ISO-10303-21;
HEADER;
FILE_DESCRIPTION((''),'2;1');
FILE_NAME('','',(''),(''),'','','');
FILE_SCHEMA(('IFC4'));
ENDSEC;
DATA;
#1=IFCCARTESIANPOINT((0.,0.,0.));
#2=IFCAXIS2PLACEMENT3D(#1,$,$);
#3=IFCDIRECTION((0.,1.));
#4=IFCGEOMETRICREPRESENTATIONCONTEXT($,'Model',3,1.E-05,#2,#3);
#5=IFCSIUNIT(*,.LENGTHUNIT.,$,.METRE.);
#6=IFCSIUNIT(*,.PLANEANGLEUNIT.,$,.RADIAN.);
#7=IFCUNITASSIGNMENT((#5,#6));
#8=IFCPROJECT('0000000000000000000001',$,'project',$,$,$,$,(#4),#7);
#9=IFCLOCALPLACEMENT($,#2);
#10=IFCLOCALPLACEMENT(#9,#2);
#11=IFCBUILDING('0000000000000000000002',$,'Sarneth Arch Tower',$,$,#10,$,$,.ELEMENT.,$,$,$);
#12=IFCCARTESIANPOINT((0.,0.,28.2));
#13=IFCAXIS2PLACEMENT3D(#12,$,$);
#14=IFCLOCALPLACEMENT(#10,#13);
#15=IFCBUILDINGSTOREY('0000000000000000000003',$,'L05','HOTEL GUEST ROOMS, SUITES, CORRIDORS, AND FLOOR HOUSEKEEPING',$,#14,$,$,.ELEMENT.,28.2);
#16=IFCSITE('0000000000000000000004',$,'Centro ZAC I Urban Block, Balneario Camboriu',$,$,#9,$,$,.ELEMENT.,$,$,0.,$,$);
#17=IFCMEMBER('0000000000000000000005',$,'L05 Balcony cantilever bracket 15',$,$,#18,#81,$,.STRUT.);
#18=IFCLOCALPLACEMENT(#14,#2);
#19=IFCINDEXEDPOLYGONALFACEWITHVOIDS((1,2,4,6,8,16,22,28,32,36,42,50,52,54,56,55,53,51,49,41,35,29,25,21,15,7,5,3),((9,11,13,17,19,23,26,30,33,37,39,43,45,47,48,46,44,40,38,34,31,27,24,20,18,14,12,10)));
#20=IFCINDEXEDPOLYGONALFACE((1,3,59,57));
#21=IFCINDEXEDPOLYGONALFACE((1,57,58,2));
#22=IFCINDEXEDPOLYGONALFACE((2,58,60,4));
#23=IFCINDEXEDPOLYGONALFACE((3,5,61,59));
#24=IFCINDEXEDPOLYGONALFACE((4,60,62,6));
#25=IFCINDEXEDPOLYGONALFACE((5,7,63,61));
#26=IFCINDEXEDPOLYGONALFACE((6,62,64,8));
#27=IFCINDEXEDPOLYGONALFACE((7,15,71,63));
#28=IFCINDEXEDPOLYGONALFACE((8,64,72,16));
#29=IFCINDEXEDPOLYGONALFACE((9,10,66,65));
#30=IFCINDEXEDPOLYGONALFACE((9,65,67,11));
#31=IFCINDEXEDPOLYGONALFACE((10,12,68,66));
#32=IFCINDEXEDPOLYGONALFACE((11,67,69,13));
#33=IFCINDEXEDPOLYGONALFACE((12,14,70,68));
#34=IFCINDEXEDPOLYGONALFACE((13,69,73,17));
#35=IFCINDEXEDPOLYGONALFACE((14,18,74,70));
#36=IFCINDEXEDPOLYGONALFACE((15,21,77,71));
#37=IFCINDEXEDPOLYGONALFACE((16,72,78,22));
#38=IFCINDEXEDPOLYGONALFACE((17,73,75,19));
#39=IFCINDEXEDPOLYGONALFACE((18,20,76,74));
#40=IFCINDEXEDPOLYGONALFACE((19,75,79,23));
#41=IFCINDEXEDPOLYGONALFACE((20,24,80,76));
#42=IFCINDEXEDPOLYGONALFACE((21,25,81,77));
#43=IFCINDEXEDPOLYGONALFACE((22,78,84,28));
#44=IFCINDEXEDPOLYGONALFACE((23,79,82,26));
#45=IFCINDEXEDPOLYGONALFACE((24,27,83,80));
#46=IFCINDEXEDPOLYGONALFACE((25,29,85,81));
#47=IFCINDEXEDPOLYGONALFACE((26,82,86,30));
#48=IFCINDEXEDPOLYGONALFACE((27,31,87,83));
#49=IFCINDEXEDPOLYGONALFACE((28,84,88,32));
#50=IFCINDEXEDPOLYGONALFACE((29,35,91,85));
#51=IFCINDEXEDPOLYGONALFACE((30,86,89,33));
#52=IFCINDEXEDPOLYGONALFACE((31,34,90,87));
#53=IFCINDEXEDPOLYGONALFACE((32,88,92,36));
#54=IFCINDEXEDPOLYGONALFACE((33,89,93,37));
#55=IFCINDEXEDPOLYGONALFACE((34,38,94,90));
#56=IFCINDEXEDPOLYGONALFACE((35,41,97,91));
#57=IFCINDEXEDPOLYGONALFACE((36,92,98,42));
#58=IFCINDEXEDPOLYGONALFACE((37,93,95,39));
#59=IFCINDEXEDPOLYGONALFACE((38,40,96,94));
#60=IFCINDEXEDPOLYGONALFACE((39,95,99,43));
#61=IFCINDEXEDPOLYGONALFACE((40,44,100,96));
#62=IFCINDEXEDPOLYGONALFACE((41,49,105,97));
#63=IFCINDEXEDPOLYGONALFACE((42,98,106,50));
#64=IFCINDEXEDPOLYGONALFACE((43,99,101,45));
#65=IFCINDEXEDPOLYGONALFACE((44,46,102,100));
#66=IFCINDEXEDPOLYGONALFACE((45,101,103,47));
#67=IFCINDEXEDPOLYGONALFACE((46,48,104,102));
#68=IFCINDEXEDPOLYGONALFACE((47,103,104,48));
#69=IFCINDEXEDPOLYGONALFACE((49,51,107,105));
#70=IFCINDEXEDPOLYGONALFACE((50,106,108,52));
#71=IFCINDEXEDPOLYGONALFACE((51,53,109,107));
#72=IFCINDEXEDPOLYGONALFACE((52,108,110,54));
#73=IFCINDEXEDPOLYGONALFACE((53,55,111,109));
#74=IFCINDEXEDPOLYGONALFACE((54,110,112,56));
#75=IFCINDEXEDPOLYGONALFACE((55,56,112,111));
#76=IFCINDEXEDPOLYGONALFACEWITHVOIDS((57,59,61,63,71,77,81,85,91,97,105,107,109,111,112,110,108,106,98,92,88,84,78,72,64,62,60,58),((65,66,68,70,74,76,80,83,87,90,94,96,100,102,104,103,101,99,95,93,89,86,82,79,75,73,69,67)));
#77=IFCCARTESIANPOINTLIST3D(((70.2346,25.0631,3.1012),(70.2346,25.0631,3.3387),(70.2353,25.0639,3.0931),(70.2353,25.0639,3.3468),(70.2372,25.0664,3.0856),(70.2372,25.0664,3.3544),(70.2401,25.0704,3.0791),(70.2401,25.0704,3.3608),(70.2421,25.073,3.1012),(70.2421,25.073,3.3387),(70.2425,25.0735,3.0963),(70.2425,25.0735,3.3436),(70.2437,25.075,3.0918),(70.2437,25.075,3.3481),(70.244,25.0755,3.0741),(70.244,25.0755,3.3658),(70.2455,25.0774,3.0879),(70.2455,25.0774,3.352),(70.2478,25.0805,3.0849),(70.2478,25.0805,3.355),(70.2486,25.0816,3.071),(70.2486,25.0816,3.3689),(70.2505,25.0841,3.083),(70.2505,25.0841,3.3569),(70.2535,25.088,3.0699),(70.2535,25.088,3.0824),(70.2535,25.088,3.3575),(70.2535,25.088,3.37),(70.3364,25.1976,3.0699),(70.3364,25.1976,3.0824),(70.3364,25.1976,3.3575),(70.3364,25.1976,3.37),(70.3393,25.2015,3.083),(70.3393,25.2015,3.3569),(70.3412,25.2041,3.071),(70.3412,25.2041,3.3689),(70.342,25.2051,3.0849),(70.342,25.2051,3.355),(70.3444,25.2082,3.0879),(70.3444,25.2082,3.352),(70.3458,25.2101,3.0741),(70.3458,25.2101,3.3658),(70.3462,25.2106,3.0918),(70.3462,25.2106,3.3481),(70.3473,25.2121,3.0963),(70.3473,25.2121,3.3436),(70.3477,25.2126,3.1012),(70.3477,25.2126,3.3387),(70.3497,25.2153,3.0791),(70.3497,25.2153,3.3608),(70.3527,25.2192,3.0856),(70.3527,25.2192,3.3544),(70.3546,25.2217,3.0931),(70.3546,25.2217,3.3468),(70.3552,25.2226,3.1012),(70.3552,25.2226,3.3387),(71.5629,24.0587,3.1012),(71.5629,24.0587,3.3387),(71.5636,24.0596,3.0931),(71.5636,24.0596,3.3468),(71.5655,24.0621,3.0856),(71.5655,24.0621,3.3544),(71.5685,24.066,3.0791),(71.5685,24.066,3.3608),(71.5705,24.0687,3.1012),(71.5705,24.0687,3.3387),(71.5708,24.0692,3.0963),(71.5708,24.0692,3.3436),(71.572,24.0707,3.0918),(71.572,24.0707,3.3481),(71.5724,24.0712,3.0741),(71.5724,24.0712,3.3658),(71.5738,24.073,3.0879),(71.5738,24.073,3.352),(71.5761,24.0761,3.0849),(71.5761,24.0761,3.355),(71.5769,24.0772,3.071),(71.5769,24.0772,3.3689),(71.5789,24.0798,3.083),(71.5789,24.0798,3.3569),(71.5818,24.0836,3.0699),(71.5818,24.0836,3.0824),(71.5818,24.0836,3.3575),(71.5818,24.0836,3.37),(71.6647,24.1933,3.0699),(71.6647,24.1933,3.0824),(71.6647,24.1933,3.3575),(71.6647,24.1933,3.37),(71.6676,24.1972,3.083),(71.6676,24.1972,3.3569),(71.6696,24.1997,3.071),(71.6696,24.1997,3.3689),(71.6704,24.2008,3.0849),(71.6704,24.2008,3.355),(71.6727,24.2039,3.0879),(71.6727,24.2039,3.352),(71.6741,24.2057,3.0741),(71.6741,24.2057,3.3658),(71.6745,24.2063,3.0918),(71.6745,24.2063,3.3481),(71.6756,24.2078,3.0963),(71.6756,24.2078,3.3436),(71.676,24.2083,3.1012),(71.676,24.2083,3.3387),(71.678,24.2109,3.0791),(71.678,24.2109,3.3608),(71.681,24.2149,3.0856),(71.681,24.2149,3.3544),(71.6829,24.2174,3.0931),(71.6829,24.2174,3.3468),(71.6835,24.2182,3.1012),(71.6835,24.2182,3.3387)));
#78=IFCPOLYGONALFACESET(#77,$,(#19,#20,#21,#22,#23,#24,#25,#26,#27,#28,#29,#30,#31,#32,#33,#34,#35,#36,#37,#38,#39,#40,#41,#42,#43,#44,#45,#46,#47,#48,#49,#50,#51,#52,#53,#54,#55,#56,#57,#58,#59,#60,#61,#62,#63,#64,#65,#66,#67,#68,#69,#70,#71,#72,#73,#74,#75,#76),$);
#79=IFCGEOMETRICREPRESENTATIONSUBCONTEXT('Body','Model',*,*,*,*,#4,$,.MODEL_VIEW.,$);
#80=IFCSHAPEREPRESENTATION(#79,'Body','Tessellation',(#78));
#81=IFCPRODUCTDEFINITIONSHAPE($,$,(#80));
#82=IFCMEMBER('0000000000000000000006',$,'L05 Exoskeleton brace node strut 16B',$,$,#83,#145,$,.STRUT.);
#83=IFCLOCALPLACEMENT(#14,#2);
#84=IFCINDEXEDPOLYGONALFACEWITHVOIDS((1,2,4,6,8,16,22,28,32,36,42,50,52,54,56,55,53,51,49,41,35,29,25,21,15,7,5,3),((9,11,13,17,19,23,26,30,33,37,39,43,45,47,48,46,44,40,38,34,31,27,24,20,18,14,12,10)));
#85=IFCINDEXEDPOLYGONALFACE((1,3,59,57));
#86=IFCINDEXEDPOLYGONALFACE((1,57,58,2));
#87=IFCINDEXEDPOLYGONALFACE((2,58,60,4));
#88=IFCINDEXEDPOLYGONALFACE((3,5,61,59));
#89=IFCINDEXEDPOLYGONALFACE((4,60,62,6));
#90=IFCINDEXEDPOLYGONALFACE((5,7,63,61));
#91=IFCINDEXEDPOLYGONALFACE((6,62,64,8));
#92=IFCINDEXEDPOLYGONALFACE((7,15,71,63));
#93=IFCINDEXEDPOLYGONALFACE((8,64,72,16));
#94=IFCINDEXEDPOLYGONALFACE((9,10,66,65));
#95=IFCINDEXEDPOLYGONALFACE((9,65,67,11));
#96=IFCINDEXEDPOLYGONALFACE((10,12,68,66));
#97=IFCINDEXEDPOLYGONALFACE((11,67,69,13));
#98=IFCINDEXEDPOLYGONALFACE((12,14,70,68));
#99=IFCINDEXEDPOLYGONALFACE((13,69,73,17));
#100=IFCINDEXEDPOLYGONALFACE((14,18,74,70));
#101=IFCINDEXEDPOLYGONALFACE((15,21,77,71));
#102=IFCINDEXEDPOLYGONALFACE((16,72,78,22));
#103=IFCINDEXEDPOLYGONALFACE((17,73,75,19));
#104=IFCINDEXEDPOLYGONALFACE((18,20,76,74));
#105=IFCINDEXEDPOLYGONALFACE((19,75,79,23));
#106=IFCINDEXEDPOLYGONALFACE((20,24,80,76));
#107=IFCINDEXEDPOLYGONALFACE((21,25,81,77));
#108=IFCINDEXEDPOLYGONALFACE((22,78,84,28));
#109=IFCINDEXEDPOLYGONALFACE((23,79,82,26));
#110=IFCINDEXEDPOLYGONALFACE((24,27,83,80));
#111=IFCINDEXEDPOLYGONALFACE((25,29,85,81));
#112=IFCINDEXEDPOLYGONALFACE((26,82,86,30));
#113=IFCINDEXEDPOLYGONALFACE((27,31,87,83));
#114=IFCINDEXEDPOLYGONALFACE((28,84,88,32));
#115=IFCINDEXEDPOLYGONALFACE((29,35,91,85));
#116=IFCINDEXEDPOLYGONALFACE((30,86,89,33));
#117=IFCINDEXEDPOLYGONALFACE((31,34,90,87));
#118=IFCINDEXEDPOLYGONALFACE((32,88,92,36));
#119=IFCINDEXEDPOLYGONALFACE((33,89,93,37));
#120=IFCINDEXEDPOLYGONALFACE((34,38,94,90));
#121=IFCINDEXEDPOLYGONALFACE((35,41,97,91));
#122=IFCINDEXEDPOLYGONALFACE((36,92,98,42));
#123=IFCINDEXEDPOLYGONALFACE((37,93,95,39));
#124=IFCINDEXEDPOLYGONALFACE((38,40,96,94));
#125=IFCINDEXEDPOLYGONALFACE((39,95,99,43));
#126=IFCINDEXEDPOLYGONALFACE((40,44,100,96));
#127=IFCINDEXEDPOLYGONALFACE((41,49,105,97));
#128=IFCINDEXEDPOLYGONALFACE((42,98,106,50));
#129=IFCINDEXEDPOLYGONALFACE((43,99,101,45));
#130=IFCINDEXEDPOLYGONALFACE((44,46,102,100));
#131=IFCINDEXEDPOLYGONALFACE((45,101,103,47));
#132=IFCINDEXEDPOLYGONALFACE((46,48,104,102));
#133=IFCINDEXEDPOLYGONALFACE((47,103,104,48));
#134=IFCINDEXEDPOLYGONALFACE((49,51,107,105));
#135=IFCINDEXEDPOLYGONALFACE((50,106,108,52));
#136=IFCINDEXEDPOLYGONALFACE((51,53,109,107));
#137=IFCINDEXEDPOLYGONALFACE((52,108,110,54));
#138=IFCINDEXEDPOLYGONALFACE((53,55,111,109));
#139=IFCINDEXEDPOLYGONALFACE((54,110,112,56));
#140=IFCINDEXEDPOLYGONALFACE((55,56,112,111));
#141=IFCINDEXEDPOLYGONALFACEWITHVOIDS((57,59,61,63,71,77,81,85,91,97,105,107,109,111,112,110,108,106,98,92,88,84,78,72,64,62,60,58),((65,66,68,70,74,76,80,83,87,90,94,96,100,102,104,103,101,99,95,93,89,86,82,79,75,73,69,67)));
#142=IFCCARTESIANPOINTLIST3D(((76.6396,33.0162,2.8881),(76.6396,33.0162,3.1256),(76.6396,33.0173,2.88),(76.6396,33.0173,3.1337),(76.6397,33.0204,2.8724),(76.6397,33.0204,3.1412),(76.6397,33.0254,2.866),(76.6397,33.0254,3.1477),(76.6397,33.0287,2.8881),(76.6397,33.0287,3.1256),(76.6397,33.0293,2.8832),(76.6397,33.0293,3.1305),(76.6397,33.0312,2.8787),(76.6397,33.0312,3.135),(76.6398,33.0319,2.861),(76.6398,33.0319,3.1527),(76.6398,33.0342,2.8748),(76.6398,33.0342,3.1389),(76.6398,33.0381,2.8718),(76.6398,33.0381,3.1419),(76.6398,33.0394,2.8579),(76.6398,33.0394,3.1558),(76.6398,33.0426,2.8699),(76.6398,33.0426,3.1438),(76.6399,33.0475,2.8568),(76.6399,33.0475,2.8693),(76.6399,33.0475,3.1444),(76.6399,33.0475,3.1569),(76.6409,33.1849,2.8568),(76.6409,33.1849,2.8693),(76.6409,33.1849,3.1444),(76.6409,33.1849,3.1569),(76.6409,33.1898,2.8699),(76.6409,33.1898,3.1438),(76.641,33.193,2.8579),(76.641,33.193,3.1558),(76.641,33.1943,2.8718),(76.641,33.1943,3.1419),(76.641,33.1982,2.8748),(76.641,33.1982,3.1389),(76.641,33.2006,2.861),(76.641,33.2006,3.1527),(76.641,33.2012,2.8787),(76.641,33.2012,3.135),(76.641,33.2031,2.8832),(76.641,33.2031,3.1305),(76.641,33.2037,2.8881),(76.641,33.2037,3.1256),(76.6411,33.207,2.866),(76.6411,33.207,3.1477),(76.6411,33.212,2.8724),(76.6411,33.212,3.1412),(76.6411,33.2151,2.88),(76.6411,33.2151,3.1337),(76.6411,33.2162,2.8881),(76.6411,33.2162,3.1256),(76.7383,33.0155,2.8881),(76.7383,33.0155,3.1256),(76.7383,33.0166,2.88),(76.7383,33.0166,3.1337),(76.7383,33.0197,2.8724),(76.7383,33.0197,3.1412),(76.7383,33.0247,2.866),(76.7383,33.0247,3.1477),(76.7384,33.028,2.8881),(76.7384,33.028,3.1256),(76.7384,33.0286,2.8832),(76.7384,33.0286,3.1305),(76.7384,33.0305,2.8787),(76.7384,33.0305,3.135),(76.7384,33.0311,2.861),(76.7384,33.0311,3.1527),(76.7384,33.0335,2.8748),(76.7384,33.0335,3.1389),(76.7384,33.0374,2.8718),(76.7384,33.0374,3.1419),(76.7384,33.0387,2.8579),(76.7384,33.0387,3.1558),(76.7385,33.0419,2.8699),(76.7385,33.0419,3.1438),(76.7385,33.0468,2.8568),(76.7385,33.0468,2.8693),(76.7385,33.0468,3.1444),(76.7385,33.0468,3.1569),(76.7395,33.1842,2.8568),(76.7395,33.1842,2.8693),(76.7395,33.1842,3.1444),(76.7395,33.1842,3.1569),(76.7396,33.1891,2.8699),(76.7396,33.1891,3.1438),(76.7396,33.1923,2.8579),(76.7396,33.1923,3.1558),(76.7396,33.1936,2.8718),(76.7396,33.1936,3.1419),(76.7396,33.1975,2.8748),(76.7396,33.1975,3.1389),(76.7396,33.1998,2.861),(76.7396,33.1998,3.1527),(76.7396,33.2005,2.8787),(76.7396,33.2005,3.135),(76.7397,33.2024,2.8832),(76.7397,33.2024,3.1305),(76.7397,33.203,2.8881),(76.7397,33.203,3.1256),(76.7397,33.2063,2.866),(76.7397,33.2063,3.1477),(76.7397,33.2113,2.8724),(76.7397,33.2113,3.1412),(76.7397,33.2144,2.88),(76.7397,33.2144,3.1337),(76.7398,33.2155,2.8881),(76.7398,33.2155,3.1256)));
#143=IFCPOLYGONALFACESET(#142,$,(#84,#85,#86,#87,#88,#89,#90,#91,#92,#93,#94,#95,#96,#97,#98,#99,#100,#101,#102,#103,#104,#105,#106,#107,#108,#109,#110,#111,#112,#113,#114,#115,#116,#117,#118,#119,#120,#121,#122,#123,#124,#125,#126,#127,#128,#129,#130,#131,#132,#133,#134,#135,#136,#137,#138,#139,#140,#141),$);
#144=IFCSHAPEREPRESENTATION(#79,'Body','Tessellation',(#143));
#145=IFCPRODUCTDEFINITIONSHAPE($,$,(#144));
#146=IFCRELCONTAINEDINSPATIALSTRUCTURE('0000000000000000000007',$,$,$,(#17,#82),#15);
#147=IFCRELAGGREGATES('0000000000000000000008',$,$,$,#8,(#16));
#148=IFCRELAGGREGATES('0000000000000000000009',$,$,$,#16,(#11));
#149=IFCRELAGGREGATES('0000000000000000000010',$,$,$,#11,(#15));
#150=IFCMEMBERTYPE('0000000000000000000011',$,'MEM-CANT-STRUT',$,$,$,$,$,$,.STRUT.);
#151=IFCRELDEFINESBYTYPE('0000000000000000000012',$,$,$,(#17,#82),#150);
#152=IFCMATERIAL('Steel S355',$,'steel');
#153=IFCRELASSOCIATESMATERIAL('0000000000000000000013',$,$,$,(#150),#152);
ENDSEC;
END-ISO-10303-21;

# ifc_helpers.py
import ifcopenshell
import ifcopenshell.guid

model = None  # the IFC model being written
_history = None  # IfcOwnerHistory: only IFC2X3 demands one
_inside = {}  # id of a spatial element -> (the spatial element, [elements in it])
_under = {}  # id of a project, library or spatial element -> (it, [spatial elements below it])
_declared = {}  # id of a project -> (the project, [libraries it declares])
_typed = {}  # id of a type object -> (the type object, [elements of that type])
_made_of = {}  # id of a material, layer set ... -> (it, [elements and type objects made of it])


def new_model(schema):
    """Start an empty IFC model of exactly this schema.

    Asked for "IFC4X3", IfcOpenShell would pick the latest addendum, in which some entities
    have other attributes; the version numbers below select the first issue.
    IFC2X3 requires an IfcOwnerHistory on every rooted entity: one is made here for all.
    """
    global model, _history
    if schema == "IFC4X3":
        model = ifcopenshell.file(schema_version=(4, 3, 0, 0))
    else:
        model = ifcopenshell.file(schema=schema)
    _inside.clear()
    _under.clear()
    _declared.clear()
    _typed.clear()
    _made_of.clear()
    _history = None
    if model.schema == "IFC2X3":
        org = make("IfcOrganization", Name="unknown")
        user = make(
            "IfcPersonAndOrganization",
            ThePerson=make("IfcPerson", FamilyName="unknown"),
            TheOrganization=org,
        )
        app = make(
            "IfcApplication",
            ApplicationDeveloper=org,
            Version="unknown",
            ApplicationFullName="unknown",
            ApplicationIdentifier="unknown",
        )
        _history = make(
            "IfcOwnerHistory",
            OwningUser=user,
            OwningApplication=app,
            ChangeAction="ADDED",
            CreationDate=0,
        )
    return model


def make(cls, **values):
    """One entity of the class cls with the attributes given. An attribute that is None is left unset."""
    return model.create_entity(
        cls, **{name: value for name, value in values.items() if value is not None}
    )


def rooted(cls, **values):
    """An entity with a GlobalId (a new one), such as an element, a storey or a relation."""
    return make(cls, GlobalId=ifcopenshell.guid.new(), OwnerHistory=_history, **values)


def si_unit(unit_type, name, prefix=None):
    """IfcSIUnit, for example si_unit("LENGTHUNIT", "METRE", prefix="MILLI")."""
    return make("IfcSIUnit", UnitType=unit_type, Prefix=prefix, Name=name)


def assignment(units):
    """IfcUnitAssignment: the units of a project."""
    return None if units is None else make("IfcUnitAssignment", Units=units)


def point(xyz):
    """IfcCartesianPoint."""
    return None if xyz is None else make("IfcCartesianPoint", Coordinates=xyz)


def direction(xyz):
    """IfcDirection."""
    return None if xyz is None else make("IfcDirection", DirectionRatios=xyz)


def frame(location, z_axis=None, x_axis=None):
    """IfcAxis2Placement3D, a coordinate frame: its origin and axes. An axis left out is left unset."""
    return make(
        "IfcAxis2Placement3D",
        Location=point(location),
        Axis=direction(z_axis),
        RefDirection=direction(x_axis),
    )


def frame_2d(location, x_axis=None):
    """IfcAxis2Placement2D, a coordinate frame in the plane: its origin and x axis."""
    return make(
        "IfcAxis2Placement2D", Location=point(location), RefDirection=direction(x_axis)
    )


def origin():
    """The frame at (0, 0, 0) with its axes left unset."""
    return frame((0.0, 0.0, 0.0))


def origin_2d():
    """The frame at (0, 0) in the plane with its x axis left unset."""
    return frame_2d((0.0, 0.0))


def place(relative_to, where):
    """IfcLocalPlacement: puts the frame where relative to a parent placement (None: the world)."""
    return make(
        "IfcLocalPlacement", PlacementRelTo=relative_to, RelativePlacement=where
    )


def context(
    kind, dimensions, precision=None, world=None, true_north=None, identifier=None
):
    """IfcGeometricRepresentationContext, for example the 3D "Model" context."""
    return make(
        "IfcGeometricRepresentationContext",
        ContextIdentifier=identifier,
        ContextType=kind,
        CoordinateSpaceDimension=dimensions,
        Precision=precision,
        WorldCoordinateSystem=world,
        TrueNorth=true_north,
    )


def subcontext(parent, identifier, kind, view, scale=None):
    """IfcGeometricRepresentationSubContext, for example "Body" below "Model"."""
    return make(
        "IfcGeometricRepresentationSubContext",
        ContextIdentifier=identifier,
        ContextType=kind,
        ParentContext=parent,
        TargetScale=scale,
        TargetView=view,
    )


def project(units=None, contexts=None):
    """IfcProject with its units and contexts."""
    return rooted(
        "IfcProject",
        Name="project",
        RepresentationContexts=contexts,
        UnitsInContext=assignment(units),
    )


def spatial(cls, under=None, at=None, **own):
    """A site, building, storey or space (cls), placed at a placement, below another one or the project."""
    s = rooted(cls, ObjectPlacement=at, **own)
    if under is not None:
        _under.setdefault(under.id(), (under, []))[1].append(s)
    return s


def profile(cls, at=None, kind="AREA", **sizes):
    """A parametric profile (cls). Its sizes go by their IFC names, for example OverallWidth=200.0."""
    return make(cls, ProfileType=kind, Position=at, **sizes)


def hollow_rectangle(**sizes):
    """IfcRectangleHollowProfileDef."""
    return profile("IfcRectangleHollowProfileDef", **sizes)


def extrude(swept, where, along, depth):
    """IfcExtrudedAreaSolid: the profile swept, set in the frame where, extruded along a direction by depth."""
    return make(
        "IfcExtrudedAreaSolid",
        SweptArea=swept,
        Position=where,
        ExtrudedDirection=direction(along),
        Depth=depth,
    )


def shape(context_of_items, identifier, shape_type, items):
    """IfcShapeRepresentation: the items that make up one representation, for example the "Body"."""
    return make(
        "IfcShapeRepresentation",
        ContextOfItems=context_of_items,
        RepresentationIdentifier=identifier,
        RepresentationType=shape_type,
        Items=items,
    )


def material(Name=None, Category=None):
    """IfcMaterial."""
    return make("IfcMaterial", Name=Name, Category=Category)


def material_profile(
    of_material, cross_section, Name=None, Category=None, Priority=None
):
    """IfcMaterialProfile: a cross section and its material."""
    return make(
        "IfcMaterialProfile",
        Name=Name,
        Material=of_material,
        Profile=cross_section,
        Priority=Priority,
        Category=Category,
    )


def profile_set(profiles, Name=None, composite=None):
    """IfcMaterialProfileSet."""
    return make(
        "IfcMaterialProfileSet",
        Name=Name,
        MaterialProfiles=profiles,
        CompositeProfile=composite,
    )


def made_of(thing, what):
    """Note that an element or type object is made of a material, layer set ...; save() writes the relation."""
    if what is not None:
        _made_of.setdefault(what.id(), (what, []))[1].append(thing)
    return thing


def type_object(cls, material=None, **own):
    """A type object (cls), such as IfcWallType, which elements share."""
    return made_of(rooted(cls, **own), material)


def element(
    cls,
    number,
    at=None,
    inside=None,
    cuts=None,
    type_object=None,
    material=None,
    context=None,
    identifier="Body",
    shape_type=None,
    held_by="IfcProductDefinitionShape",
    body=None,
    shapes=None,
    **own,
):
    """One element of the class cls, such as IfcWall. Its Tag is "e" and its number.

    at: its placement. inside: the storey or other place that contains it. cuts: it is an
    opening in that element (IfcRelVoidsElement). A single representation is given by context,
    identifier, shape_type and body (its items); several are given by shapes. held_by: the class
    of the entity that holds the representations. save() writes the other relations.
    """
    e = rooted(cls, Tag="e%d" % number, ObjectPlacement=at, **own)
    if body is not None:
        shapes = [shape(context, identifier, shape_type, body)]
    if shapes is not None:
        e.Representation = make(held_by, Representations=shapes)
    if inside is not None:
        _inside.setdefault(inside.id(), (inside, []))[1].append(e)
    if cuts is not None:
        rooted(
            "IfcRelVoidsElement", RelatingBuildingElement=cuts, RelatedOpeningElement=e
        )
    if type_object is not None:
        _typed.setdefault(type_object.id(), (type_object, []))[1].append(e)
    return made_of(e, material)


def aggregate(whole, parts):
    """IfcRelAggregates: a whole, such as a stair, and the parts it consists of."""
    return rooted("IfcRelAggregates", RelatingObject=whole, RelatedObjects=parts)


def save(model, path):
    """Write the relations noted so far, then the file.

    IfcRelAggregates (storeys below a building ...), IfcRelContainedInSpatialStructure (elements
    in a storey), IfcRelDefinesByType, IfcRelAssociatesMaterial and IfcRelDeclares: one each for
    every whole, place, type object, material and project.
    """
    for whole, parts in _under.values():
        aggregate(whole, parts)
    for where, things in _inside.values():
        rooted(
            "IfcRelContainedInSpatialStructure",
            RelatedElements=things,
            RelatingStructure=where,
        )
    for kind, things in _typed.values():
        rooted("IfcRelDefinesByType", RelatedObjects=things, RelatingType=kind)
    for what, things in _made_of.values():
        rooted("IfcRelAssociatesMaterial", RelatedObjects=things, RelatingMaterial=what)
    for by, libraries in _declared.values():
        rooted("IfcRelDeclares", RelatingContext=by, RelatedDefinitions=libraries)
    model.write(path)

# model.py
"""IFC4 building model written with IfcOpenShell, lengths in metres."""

from ifc_helpers import new_model, si_unit, direction, frame, origin, origin_2d, place, context, subcontext, project, spatial, hollow_rectangle, extrude, material, material_profile, profile_set, type_object, element, save


model = new_model("IFC4")

# Units and contexts
model_context = context("Model", 3, precision=1e-05, world=origin(), true_north=direction((0.0, 1.0)))
body_context = subcontext(model_context, "Body", "Model", "MODEL_VIEW")
ifc_project = project(units=[si_unit("LENGTHUNIT", "METRE"), si_unit("PLANEANGLEUNIT", "RADIAN")], contexts=[model_context])

# Site, building, storey
site_placement = place(None, origin())
site = spatial("IfcSite", under=ifc_project, at=site_placement, Name="Centro ZAC I Urban Block, Balneario Camboriu", CompositionType="ELEMENT", RefElevation=0.0)
building_placement = place(site_placement, origin())
building = spatial("IfcBuilding", under=site, at=building_placement, Name="Sarneth Arch Tower", CompositionType="ELEMENT")
storey_placement = place(building_placement, frame((0.0, 0.0, 28.2)))
storey = spatial("IfcBuildingStorey", under=building, at=storey_placement, Name="L05", Description="HOTEL GUEST ROOMS, SUITES, CORRIDORS, AND FLOOR HOUSEKEEPING", CompositionType="ELEMENT", Elevation=28.2)

# Members
ifc_material_1 = material(Name="Steel S355", Category="steel")
ifc_material_profile_1 = material_profile(ifc_material_1, hollow_rectangle(XDim=0.2, YDim=0.3, WallThickness=0.0125, InnerFilletRadius=0.0188, OuterFilletRadius=0.0312, at=origin_2d()), Name="RHS300x200x12.5")
ifc_profile_set_1 = profile_set([ifc_material_profile_1], Name="Steel S355")
member_type_1 = type_object("IfcMemberType", Name="MEM-CANT-STRUT", PredefinedType="STRUT", material=ifc_profile_set_1)
member_1_placement = place(storey_placement, frame((70.2949, 25.1428, 3.22), z_axis=(0.797654, -0.603115, 0.0), x_axis=(0.603115, 0.797654, 0.0)))
element("IfcMember", 1, at=member_1_placement, inside=storey, type_object=member_type_1, Name="L05 Balcony cantilever bracket 15", PredefinedType="STRUT", context=body_context, shape_type="SweptSolid", body=[
    extrude(hollow_rectangle(XDim=0.2, YDim=0.3, WallThickness=0.0125, InnerFilletRadius=0.0188, OuterFilletRadius=0.0312, at=origin_2d()), origin(), (0.0, 0.0, 1.0), 1.6653),
])
member_2_placement = place(storey_placement, frame((76.6404, 33.1162, 3.0068), z_axis=(0.999972, -0.007426, 0.0), x_axis=(0.007426, 0.999972, 0.0)))
element("IfcMember", 2, at=member_2_placement, inside=storey, type_object=member_type_1, Name="L05 Exoskeleton brace node strut 16B", PredefinedType="STRUT", context=body_context, shape_type="SweptSolid", body=[
    extrude(hollow_rectangle(XDim=0.2, YDim=0.3, WallThickness=0.0125, InnerFilletRadius=0.0188, OuterFilletRadius=0.0312, at=origin_2d()), origin(), (0.0, 0.0, 1.0), 0.0986),
])

save(model, "model.ifc")
